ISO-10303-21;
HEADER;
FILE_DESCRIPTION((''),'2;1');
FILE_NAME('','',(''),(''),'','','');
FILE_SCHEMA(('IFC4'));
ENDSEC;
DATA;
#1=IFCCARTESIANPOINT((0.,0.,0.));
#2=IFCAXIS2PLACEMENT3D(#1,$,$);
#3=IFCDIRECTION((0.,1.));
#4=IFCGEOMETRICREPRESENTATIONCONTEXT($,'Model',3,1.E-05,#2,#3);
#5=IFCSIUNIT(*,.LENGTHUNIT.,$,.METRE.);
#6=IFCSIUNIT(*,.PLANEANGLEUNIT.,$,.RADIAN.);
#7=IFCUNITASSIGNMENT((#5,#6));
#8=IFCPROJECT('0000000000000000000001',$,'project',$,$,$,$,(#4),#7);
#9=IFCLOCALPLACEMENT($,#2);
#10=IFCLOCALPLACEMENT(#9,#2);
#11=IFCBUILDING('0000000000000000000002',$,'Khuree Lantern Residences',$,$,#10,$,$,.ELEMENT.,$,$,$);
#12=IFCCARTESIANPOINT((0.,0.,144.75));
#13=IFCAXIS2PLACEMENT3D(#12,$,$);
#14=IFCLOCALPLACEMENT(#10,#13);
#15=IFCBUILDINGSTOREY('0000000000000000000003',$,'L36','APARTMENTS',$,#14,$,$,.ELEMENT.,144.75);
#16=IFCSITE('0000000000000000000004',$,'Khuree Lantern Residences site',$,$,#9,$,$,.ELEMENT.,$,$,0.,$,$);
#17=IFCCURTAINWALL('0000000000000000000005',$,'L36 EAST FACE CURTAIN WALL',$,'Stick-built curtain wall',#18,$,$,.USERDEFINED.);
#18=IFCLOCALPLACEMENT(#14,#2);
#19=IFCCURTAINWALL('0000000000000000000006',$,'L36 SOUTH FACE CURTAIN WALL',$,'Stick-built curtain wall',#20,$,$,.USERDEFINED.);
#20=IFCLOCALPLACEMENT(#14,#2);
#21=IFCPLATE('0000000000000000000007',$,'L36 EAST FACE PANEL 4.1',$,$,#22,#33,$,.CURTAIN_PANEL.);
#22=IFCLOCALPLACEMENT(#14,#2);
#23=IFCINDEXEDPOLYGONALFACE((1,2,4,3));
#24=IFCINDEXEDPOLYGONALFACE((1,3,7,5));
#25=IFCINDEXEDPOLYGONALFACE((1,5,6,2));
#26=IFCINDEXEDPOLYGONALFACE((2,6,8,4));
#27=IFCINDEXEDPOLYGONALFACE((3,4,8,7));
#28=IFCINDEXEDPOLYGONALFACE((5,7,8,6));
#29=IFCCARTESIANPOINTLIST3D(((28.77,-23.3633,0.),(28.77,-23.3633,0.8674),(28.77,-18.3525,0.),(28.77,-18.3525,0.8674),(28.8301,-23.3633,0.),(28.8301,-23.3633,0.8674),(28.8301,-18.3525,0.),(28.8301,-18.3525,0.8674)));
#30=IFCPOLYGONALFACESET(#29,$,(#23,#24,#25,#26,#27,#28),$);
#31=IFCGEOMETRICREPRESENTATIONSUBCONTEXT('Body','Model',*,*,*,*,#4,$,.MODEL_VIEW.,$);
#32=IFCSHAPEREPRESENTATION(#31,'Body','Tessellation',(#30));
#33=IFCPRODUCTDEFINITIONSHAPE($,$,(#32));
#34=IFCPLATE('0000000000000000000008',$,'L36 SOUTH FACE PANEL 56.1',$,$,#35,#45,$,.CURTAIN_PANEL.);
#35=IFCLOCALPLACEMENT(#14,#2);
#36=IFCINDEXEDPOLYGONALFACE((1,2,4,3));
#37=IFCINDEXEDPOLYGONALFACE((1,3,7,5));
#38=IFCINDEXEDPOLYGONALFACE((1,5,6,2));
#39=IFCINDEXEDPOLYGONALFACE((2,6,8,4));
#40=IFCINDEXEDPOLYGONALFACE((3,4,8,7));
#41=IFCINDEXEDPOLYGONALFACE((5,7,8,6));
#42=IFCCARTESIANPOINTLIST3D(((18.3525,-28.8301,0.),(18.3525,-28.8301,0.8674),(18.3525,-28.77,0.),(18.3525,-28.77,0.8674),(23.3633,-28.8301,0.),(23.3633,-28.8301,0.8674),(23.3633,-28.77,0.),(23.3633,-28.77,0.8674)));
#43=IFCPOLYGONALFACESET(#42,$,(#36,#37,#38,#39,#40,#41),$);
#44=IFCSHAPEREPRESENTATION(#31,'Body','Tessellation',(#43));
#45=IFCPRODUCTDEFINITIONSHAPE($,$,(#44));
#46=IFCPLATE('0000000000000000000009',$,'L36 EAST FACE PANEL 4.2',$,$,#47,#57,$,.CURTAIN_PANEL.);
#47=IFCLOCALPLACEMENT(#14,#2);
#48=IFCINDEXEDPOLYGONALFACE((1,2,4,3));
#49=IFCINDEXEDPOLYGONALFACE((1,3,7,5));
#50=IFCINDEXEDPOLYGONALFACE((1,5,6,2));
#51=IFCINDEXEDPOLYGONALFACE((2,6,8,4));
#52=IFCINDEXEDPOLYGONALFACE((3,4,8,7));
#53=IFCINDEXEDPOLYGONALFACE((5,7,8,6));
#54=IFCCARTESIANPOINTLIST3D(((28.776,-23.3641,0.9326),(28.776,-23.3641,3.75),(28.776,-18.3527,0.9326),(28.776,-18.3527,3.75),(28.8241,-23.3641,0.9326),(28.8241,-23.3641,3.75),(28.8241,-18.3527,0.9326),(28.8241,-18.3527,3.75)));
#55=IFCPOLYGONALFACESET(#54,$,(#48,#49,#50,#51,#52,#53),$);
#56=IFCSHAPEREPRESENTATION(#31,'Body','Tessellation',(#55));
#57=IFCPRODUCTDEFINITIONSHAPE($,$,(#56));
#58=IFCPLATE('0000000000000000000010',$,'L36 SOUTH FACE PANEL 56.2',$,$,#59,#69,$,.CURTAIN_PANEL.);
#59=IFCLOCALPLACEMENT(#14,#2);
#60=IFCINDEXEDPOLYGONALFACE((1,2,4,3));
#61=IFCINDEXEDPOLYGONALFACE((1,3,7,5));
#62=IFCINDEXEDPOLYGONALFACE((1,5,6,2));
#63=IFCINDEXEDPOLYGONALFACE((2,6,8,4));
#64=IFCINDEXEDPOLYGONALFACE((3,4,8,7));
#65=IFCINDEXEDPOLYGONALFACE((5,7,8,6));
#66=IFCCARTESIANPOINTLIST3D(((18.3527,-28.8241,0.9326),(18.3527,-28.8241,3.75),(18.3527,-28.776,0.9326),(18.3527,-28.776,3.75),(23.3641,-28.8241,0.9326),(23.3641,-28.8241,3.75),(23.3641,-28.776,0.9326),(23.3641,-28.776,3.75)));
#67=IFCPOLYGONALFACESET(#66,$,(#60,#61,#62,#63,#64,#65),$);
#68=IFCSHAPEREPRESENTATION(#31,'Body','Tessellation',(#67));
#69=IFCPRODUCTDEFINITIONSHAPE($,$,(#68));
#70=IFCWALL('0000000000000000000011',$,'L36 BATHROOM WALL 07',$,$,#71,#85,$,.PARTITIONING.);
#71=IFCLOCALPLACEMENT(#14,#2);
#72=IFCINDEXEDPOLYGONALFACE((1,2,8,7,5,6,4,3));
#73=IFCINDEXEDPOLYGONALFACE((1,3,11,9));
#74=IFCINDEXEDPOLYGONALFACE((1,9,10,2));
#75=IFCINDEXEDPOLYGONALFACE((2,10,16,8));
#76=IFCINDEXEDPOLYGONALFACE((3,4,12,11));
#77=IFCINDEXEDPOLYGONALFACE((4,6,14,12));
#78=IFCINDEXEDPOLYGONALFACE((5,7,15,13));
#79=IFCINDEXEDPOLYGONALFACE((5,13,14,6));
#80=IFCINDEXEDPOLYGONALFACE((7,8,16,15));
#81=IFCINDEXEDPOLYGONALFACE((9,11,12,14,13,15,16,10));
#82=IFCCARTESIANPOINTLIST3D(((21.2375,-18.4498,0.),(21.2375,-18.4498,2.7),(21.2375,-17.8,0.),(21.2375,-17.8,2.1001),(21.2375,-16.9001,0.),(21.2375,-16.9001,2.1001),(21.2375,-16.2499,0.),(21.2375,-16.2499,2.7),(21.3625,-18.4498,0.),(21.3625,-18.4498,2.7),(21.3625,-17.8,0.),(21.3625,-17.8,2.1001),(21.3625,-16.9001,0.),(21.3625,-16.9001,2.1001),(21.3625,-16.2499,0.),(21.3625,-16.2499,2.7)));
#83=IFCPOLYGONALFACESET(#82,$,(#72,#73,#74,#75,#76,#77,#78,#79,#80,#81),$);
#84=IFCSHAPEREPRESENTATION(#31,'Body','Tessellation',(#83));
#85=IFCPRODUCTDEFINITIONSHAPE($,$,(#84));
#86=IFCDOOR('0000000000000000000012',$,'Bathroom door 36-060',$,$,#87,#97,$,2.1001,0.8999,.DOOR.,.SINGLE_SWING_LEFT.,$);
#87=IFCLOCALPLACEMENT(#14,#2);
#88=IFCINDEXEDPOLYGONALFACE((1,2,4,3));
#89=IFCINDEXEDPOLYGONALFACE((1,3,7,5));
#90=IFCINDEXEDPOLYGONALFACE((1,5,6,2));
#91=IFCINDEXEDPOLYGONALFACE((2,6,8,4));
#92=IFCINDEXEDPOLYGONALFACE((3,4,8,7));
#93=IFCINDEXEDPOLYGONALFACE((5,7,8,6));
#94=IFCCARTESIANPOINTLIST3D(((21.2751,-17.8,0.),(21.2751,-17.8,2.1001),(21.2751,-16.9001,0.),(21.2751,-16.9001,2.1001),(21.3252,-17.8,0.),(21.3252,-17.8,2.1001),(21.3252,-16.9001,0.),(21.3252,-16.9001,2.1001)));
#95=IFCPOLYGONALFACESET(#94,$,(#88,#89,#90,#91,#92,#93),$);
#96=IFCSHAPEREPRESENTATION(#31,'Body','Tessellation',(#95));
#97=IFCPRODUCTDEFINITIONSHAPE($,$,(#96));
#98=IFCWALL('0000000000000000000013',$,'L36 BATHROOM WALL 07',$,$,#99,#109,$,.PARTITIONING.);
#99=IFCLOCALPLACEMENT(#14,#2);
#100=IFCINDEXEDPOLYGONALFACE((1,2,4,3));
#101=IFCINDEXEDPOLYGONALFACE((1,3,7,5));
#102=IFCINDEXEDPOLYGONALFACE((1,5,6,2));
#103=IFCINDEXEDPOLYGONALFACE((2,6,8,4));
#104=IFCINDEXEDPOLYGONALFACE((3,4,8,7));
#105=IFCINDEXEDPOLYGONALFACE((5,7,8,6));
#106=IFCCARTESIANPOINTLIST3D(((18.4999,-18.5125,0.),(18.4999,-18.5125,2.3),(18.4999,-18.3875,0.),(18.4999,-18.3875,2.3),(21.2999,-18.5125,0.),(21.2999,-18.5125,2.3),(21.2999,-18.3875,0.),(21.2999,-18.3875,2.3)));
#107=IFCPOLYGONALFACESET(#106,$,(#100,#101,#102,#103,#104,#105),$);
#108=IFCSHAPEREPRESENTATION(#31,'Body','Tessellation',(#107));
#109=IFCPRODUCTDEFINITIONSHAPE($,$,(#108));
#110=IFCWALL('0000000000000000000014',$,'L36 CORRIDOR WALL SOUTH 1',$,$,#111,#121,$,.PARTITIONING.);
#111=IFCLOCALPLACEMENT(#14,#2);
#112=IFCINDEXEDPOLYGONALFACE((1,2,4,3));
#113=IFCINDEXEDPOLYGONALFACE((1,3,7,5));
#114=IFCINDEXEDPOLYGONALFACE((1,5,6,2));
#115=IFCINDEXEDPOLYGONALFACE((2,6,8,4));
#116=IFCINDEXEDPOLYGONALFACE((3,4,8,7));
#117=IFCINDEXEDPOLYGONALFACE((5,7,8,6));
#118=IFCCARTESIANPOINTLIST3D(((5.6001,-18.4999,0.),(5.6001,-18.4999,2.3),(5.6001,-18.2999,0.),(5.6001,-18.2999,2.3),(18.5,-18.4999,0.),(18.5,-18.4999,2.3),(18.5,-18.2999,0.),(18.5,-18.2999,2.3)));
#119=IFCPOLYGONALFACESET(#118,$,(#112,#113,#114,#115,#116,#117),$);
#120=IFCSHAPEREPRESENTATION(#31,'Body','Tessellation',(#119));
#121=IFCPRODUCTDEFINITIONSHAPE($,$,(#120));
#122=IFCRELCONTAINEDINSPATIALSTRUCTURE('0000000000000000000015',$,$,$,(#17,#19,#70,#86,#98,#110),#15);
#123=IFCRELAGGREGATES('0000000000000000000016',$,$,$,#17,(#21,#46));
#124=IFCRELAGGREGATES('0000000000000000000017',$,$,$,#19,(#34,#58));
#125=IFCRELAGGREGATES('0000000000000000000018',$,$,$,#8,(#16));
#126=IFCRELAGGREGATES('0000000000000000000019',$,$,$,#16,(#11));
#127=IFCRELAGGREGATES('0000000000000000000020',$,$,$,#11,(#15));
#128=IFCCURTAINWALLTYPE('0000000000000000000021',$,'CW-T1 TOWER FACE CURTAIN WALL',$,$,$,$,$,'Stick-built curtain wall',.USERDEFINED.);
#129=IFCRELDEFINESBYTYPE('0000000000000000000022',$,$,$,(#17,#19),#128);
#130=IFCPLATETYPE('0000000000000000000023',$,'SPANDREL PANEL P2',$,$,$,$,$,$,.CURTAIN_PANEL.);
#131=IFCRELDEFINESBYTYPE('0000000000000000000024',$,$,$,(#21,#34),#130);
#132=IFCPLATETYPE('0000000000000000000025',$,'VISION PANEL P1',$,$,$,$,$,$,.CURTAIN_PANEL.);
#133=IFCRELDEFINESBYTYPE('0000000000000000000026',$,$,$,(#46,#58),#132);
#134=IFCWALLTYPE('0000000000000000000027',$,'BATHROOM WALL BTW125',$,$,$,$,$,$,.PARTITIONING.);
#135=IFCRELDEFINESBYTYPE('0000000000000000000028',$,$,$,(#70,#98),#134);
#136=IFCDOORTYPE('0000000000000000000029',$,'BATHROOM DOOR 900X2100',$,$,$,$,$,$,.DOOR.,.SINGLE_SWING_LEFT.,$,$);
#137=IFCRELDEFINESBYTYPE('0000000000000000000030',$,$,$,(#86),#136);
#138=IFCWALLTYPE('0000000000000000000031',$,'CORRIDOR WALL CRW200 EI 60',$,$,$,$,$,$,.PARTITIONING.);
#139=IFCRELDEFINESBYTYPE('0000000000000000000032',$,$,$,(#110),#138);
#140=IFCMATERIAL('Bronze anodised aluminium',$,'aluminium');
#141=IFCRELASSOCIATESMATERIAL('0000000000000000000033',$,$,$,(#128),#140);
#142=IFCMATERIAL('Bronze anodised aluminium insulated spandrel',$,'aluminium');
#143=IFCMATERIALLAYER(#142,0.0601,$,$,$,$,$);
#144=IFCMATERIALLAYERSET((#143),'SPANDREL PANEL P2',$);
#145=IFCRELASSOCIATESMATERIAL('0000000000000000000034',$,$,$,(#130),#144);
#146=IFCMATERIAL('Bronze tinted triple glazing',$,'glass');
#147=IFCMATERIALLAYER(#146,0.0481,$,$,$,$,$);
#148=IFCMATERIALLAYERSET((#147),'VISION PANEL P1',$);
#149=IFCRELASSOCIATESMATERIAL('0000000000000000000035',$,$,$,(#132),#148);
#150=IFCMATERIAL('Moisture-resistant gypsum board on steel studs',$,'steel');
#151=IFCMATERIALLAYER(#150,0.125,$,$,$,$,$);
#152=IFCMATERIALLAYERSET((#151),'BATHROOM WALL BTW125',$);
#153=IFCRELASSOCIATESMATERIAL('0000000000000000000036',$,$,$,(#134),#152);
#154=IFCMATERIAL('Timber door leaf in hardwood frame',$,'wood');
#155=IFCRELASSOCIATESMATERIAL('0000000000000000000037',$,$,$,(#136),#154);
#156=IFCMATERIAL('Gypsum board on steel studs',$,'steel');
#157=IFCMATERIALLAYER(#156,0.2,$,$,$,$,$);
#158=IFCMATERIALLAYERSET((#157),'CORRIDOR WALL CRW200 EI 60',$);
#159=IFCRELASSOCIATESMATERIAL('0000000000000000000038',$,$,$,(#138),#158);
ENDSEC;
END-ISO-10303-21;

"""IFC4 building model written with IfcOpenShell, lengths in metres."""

from ifc_helpers import new_model, si_unit, direction, frame, frame_2d, origin, origin_2d, place, context, subcontext, project, spatial, rectangle, extrude, material, layer, layer_set, type_object, element, fill, aggregate, save


model = new_model("IFC4")

# Units and contexts
model_context = context("Model", 3, precision=1e-05, world=origin(), true_north=direction((0.0, 1.0)))
body_context = subcontext(model_context, "Body", "Model", "MODEL_VIEW")
ifc_project = project(units=[si_unit("LENGTHUNIT", "METRE"), si_unit("PLANEANGLEUNIT", "RADIAN")], contexts=[model_context])

# Site, building, storey
site_placement = place(None, origin())
site = spatial("IfcSite", under=ifc_project, at=site_placement, Name="Khuree Lantern Residences site", CompositionType="ELEMENT", RefElevation=0.0)
building_placement = place(site_placement, origin())
building = spatial("IfcBuilding", under=site, at=building_placement, Name="Khuree Lantern Residences", CompositionType="ELEMENT")
storey_placement = place(building_placement, frame((0.0, 0.0, 144.75)))
storey = spatial("IfcBuildingStorey", under=building, at=storey_placement, Name="L36", Description="APARTMENTS", CompositionType="ELEMENT", Elevation=144.75)

# Curtain wall
ifc_material_1 = material(Name="Bronze anodised aluminium", Category="aluminium")
curtain_wall_type_1 = type_object("IfcCurtainWallType", Name="CW-T1 TOWER FACE CURTAIN WALL", ElementType="Stick-built curtain wall", PredefinedType="USERDEFINED", material=ifc_material_1)
curtain_wall_1_placement = place(storey_placement, origin())
curtain_wall_1 = element("IfcCurtainWall", 1, at=curtain_wall_1_placement, inside=storey, type_object=curtain_wall_type_1, Name="L36 EAST FACE CURTAIN WALL", ObjectType="Stick-built curtain wall", PredefinedType="USERDEFINED")

# Curtain wall
curtain_wall_2_placement = place(storey_placement, origin())
curtain_wall_2 = element("IfcCurtainWall", 2, at=curtain_wall_2_placement, inside=storey, type_object=curtain_wall_type_1, Name="L36 SOUTH FACE CURTAIN WALL", ObjectType="Stick-built curtain wall", PredefinedType="USERDEFINED")

# Plates
ifc_material_2 = material(Name="Bronze tinted triple glazing", Category="glass")
ifc_material_3 = material(Name="Bronze anodised aluminium insulated spandrel", Category="aluminium")
ifc_layer_1 = layer(ifc_material_3, 0.0601)
ifc_layer_set_1 = layer_set([ifc_layer_1], Name="SPANDREL PANEL P2")
plate_type_1 = type_object("IfcPlateType", Name="SPANDREL PANEL P2", PredefinedType="CURTAIN_PANEL", material=ifc_layer_set_1)
plate_1_placement = place(storey_placement, frame((28.8, -20.8579, 0.0), z_axis=(0.0, 0.0, 1.0), x_axis=(0.0, 1.0, 0.0)))
plate_1 = element("IfcPlate", 3, at=plate_1_placement, type_object=plate_type_1, Name="L36 EAST FACE PANEL 4.1", PredefinedType="CURTAIN_PANEL", context=body_context, shape_type="SweptSolid", body=[
    extrude(rectangle(XDim=5.0107, YDim=0.0601, at=origin_2d()), origin(), (0.0, 0.0, 1.0), 0.8674),
])
plate_2_placement = place(storey_placement, frame((20.8579, -28.8, 0.0), z_axis=(0.0, 0.0, 1.0), x_axis=(1.0, 0.0, 0.0)))
plate_2 = element("IfcPlate", 4, at=plate_2_placement, type_object=plate_type_1, Name="L36 SOUTH FACE PANEL 56.1", PredefinedType="CURTAIN_PANEL", context=body_context, shape_type="SweptSolid", body=[
    extrude(rectangle(XDim=5.0107, YDim=0.0601, at=origin_2d()), origin(), (0.0, 0.0, 1.0), 0.8674),
])
ifc_layer_2 = layer(ifc_material_2, 0.0481)
ifc_layer_set_2 = layer_set([ifc_layer_2], Name="VISION PANEL P1")
plate_type_2 = type_object("IfcPlateType", Name="VISION PANEL P1", PredefinedType="CURTAIN_PANEL", material=ifc_layer_set_2)
plate_3_placement = place(storey_placement, frame((28.8, -20.8584, 0.9326), z_axis=(0.0, 0.0, 1.0), x_axis=(0.0, 1.0, 0.0)))
plate_3 = element("IfcPlate", 5, at=plate_3_placement, type_object=plate_type_2, Name="L36 EAST FACE PANEL 4.2", PredefinedType="CURTAIN_PANEL", context=body_context, shape_type="SweptSolid", body=[
    extrude(rectangle(XDim=5.0115, YDim=0.0481, at=origin_2d()), origin(), (0.0, 0.0, 1.0), 2.8174),
])
aggregate(curtain_wall_1, [plate_1, plate_3])
plate_4_placement = place(storey_placement, frame((20.8584, -28.8, 0.9326), z_axis=(0.0, 0.0, 1.0), x_axis=(1.0, 0.0, 0.0)))
plate_4 = element("IfcPlate", 6, at=plate_4_placement, type_object=plate_type_2, Name="L36 SOUTH FACE PANEL 56.2", PredefinedType="CURTAIN_PANEL", context=body_context, shape_type="SweptSolid", body=[
    extrude(rectangle(XDim=5.0115, YDim=0.0481, at=origin_2d()), origin(), (0.0, 0.0, 1.0), 2.8174),
])
aggregate(curtain_wall_2, [plate_2, plate_4])

# Wall, opening, door
ifc_material_4 = material(Name="Moisture-resistant gypsum board on steel studs", Category="steel")
ifc_layer_3 = layer(ifc_material_4, 0.125)
ifc_layer_set_3 = layer_set([ifc_layer_3], Name="BATHROOM WALL BTW125")
wall_type_1 = type_object("IfcWallType", Name="BATHROOM WALL BTW125", PredefinedType="PARTITIONING", material=ifc_layer_set_3)
wall_1_placement = place(storey_placement, frame((21.3, -18.45, 0.0), z_axis=(0.0, 0.0, 1.0), x_axis=(0.0, 1.0, 0.0)))
wall_1 = element("IfcWall", 7, at=wall_1_placement, inside=storey, type_object=wall_type_1, Name="L36 BATHROOM WALL 07", PredefinedType="PARTITIONING", context=body_context, shape_type="SweptSolid", body=[
    extrude(rectangle(XDim=2.2, YDim=0.125, at=frame_2d((1.1001, 0.0))), origin(), (0.0, 0.0, 1.0), 2.7),
])
opening_placement = place(wall_1_placement, frame((0.6499, 0.0, 0.0)))
opening = element("IfcOpeningElement", 8, at=opening_placement, cuts=wall_1, PredefinedType="OPENING", context=body_context, shape_type="SweptSolid", body=[
    extrude(rectangle(XDim=0.8999, YDim=2.1001, at=frame_2d((0.45, 1.05))), frame((0.0, 0.0725, 0.0), z_axis=(0.0, -1.0, 0.0), x_axis=(1.0, 0.0, 0.0)), (0.0, 0.0, 1.0), 0.145),
])
ifc_material_5 = material(Name="Timber door leaf in hardwood frame", Category="wood")
door_type = type_object("IfcDoorType", Name="BATHROOM DOOR 900X2100", OperationType="SINGLE_SWING_LEFT", PredefinedType="DOOR", material=ifc_material_5)
door_placement = place(opening_placement, origin())
door = element("IfcDoor", 9, at=door_placement, inside=storey, type_object=door_type, Name="Bathroom door 36-060", OperationType="SINGLE_SWING_LEFT", OverallHeight=2.1001, OverallWidth=0.8999, PredefinedType="DOOR", context=body_context, shape_type="SweptSolid", body=[
    extrude(rectangle(XDim=0.8999, YDim=2.1001, at=frame_2d((0.45, 1.05))), frame((0.0, 0.0249, 0.0), z_axis=(0.0, -1.0, 0.0), x_axis=(1.0, 0.0, 0.0)), (0.0, 0.0, 1.0), 0.05),
])
fill(opening, door)

# Walls
wall_2_placement = place(storey_placement, frame((18.5, -18.45, 0.0), z_axis=(0.0, 0.0, 1.0), x_axis=(1.0, 0.0, 0.0)))
element("IfcWall", 10, at=wall_2_placement, inside=storey, type_object=wall_type_1, Name="L36 BATHROOM WALL 07", PredefinedType="PARTITIONING", context=body_context, shape_type="SweptSolid", body=[
    extrude(rectangle(XDim=2.8, YDim=0.125, at=frame_2d((1.3999, 0.0))), origin(), (0.0, 0.0, 1.0), 2.3),
])
ifc_material_6 = material(Name="Gypsum board on steel studs", Category="steel")
ifc_layer_4 = layer(ifc_material_6, 0.2)
ifc_layer_set_4 = layer_set([ifc_layer_4], Name="CORRIDOR WALL CRW200 EI 60")
wall_type_2 = type_object("IfcWallType", Name="CORRIDOR WALL CRW200 EI 60", PredefinedType="PARTITIONING", material=ifc_layer_set_4)
wall_3_placement = place(storey_placement, frame((18.5, -18.3999, 0.0), z_axis=(0.0, 0.0, 1.0), x_axis=(-1.0, 0.0, 0.0)))
element("IfcWall", 11, at=wall_3_placement, inside=storey, type_object=wall_type_2, Name="L36 CORRIDOR WALL SOUTH 1", PredefinedType="PARTITIONING", context=body_context, shape_type="SweptSolid", body=[
    extrude(rectangle(XDim=12.8999, YDim=0.2, at=frame_2d((6.45, 0.0))), origin(), (0.0, 0.0, 1.0), 2.3),
])

save(model, "model.ifc")
